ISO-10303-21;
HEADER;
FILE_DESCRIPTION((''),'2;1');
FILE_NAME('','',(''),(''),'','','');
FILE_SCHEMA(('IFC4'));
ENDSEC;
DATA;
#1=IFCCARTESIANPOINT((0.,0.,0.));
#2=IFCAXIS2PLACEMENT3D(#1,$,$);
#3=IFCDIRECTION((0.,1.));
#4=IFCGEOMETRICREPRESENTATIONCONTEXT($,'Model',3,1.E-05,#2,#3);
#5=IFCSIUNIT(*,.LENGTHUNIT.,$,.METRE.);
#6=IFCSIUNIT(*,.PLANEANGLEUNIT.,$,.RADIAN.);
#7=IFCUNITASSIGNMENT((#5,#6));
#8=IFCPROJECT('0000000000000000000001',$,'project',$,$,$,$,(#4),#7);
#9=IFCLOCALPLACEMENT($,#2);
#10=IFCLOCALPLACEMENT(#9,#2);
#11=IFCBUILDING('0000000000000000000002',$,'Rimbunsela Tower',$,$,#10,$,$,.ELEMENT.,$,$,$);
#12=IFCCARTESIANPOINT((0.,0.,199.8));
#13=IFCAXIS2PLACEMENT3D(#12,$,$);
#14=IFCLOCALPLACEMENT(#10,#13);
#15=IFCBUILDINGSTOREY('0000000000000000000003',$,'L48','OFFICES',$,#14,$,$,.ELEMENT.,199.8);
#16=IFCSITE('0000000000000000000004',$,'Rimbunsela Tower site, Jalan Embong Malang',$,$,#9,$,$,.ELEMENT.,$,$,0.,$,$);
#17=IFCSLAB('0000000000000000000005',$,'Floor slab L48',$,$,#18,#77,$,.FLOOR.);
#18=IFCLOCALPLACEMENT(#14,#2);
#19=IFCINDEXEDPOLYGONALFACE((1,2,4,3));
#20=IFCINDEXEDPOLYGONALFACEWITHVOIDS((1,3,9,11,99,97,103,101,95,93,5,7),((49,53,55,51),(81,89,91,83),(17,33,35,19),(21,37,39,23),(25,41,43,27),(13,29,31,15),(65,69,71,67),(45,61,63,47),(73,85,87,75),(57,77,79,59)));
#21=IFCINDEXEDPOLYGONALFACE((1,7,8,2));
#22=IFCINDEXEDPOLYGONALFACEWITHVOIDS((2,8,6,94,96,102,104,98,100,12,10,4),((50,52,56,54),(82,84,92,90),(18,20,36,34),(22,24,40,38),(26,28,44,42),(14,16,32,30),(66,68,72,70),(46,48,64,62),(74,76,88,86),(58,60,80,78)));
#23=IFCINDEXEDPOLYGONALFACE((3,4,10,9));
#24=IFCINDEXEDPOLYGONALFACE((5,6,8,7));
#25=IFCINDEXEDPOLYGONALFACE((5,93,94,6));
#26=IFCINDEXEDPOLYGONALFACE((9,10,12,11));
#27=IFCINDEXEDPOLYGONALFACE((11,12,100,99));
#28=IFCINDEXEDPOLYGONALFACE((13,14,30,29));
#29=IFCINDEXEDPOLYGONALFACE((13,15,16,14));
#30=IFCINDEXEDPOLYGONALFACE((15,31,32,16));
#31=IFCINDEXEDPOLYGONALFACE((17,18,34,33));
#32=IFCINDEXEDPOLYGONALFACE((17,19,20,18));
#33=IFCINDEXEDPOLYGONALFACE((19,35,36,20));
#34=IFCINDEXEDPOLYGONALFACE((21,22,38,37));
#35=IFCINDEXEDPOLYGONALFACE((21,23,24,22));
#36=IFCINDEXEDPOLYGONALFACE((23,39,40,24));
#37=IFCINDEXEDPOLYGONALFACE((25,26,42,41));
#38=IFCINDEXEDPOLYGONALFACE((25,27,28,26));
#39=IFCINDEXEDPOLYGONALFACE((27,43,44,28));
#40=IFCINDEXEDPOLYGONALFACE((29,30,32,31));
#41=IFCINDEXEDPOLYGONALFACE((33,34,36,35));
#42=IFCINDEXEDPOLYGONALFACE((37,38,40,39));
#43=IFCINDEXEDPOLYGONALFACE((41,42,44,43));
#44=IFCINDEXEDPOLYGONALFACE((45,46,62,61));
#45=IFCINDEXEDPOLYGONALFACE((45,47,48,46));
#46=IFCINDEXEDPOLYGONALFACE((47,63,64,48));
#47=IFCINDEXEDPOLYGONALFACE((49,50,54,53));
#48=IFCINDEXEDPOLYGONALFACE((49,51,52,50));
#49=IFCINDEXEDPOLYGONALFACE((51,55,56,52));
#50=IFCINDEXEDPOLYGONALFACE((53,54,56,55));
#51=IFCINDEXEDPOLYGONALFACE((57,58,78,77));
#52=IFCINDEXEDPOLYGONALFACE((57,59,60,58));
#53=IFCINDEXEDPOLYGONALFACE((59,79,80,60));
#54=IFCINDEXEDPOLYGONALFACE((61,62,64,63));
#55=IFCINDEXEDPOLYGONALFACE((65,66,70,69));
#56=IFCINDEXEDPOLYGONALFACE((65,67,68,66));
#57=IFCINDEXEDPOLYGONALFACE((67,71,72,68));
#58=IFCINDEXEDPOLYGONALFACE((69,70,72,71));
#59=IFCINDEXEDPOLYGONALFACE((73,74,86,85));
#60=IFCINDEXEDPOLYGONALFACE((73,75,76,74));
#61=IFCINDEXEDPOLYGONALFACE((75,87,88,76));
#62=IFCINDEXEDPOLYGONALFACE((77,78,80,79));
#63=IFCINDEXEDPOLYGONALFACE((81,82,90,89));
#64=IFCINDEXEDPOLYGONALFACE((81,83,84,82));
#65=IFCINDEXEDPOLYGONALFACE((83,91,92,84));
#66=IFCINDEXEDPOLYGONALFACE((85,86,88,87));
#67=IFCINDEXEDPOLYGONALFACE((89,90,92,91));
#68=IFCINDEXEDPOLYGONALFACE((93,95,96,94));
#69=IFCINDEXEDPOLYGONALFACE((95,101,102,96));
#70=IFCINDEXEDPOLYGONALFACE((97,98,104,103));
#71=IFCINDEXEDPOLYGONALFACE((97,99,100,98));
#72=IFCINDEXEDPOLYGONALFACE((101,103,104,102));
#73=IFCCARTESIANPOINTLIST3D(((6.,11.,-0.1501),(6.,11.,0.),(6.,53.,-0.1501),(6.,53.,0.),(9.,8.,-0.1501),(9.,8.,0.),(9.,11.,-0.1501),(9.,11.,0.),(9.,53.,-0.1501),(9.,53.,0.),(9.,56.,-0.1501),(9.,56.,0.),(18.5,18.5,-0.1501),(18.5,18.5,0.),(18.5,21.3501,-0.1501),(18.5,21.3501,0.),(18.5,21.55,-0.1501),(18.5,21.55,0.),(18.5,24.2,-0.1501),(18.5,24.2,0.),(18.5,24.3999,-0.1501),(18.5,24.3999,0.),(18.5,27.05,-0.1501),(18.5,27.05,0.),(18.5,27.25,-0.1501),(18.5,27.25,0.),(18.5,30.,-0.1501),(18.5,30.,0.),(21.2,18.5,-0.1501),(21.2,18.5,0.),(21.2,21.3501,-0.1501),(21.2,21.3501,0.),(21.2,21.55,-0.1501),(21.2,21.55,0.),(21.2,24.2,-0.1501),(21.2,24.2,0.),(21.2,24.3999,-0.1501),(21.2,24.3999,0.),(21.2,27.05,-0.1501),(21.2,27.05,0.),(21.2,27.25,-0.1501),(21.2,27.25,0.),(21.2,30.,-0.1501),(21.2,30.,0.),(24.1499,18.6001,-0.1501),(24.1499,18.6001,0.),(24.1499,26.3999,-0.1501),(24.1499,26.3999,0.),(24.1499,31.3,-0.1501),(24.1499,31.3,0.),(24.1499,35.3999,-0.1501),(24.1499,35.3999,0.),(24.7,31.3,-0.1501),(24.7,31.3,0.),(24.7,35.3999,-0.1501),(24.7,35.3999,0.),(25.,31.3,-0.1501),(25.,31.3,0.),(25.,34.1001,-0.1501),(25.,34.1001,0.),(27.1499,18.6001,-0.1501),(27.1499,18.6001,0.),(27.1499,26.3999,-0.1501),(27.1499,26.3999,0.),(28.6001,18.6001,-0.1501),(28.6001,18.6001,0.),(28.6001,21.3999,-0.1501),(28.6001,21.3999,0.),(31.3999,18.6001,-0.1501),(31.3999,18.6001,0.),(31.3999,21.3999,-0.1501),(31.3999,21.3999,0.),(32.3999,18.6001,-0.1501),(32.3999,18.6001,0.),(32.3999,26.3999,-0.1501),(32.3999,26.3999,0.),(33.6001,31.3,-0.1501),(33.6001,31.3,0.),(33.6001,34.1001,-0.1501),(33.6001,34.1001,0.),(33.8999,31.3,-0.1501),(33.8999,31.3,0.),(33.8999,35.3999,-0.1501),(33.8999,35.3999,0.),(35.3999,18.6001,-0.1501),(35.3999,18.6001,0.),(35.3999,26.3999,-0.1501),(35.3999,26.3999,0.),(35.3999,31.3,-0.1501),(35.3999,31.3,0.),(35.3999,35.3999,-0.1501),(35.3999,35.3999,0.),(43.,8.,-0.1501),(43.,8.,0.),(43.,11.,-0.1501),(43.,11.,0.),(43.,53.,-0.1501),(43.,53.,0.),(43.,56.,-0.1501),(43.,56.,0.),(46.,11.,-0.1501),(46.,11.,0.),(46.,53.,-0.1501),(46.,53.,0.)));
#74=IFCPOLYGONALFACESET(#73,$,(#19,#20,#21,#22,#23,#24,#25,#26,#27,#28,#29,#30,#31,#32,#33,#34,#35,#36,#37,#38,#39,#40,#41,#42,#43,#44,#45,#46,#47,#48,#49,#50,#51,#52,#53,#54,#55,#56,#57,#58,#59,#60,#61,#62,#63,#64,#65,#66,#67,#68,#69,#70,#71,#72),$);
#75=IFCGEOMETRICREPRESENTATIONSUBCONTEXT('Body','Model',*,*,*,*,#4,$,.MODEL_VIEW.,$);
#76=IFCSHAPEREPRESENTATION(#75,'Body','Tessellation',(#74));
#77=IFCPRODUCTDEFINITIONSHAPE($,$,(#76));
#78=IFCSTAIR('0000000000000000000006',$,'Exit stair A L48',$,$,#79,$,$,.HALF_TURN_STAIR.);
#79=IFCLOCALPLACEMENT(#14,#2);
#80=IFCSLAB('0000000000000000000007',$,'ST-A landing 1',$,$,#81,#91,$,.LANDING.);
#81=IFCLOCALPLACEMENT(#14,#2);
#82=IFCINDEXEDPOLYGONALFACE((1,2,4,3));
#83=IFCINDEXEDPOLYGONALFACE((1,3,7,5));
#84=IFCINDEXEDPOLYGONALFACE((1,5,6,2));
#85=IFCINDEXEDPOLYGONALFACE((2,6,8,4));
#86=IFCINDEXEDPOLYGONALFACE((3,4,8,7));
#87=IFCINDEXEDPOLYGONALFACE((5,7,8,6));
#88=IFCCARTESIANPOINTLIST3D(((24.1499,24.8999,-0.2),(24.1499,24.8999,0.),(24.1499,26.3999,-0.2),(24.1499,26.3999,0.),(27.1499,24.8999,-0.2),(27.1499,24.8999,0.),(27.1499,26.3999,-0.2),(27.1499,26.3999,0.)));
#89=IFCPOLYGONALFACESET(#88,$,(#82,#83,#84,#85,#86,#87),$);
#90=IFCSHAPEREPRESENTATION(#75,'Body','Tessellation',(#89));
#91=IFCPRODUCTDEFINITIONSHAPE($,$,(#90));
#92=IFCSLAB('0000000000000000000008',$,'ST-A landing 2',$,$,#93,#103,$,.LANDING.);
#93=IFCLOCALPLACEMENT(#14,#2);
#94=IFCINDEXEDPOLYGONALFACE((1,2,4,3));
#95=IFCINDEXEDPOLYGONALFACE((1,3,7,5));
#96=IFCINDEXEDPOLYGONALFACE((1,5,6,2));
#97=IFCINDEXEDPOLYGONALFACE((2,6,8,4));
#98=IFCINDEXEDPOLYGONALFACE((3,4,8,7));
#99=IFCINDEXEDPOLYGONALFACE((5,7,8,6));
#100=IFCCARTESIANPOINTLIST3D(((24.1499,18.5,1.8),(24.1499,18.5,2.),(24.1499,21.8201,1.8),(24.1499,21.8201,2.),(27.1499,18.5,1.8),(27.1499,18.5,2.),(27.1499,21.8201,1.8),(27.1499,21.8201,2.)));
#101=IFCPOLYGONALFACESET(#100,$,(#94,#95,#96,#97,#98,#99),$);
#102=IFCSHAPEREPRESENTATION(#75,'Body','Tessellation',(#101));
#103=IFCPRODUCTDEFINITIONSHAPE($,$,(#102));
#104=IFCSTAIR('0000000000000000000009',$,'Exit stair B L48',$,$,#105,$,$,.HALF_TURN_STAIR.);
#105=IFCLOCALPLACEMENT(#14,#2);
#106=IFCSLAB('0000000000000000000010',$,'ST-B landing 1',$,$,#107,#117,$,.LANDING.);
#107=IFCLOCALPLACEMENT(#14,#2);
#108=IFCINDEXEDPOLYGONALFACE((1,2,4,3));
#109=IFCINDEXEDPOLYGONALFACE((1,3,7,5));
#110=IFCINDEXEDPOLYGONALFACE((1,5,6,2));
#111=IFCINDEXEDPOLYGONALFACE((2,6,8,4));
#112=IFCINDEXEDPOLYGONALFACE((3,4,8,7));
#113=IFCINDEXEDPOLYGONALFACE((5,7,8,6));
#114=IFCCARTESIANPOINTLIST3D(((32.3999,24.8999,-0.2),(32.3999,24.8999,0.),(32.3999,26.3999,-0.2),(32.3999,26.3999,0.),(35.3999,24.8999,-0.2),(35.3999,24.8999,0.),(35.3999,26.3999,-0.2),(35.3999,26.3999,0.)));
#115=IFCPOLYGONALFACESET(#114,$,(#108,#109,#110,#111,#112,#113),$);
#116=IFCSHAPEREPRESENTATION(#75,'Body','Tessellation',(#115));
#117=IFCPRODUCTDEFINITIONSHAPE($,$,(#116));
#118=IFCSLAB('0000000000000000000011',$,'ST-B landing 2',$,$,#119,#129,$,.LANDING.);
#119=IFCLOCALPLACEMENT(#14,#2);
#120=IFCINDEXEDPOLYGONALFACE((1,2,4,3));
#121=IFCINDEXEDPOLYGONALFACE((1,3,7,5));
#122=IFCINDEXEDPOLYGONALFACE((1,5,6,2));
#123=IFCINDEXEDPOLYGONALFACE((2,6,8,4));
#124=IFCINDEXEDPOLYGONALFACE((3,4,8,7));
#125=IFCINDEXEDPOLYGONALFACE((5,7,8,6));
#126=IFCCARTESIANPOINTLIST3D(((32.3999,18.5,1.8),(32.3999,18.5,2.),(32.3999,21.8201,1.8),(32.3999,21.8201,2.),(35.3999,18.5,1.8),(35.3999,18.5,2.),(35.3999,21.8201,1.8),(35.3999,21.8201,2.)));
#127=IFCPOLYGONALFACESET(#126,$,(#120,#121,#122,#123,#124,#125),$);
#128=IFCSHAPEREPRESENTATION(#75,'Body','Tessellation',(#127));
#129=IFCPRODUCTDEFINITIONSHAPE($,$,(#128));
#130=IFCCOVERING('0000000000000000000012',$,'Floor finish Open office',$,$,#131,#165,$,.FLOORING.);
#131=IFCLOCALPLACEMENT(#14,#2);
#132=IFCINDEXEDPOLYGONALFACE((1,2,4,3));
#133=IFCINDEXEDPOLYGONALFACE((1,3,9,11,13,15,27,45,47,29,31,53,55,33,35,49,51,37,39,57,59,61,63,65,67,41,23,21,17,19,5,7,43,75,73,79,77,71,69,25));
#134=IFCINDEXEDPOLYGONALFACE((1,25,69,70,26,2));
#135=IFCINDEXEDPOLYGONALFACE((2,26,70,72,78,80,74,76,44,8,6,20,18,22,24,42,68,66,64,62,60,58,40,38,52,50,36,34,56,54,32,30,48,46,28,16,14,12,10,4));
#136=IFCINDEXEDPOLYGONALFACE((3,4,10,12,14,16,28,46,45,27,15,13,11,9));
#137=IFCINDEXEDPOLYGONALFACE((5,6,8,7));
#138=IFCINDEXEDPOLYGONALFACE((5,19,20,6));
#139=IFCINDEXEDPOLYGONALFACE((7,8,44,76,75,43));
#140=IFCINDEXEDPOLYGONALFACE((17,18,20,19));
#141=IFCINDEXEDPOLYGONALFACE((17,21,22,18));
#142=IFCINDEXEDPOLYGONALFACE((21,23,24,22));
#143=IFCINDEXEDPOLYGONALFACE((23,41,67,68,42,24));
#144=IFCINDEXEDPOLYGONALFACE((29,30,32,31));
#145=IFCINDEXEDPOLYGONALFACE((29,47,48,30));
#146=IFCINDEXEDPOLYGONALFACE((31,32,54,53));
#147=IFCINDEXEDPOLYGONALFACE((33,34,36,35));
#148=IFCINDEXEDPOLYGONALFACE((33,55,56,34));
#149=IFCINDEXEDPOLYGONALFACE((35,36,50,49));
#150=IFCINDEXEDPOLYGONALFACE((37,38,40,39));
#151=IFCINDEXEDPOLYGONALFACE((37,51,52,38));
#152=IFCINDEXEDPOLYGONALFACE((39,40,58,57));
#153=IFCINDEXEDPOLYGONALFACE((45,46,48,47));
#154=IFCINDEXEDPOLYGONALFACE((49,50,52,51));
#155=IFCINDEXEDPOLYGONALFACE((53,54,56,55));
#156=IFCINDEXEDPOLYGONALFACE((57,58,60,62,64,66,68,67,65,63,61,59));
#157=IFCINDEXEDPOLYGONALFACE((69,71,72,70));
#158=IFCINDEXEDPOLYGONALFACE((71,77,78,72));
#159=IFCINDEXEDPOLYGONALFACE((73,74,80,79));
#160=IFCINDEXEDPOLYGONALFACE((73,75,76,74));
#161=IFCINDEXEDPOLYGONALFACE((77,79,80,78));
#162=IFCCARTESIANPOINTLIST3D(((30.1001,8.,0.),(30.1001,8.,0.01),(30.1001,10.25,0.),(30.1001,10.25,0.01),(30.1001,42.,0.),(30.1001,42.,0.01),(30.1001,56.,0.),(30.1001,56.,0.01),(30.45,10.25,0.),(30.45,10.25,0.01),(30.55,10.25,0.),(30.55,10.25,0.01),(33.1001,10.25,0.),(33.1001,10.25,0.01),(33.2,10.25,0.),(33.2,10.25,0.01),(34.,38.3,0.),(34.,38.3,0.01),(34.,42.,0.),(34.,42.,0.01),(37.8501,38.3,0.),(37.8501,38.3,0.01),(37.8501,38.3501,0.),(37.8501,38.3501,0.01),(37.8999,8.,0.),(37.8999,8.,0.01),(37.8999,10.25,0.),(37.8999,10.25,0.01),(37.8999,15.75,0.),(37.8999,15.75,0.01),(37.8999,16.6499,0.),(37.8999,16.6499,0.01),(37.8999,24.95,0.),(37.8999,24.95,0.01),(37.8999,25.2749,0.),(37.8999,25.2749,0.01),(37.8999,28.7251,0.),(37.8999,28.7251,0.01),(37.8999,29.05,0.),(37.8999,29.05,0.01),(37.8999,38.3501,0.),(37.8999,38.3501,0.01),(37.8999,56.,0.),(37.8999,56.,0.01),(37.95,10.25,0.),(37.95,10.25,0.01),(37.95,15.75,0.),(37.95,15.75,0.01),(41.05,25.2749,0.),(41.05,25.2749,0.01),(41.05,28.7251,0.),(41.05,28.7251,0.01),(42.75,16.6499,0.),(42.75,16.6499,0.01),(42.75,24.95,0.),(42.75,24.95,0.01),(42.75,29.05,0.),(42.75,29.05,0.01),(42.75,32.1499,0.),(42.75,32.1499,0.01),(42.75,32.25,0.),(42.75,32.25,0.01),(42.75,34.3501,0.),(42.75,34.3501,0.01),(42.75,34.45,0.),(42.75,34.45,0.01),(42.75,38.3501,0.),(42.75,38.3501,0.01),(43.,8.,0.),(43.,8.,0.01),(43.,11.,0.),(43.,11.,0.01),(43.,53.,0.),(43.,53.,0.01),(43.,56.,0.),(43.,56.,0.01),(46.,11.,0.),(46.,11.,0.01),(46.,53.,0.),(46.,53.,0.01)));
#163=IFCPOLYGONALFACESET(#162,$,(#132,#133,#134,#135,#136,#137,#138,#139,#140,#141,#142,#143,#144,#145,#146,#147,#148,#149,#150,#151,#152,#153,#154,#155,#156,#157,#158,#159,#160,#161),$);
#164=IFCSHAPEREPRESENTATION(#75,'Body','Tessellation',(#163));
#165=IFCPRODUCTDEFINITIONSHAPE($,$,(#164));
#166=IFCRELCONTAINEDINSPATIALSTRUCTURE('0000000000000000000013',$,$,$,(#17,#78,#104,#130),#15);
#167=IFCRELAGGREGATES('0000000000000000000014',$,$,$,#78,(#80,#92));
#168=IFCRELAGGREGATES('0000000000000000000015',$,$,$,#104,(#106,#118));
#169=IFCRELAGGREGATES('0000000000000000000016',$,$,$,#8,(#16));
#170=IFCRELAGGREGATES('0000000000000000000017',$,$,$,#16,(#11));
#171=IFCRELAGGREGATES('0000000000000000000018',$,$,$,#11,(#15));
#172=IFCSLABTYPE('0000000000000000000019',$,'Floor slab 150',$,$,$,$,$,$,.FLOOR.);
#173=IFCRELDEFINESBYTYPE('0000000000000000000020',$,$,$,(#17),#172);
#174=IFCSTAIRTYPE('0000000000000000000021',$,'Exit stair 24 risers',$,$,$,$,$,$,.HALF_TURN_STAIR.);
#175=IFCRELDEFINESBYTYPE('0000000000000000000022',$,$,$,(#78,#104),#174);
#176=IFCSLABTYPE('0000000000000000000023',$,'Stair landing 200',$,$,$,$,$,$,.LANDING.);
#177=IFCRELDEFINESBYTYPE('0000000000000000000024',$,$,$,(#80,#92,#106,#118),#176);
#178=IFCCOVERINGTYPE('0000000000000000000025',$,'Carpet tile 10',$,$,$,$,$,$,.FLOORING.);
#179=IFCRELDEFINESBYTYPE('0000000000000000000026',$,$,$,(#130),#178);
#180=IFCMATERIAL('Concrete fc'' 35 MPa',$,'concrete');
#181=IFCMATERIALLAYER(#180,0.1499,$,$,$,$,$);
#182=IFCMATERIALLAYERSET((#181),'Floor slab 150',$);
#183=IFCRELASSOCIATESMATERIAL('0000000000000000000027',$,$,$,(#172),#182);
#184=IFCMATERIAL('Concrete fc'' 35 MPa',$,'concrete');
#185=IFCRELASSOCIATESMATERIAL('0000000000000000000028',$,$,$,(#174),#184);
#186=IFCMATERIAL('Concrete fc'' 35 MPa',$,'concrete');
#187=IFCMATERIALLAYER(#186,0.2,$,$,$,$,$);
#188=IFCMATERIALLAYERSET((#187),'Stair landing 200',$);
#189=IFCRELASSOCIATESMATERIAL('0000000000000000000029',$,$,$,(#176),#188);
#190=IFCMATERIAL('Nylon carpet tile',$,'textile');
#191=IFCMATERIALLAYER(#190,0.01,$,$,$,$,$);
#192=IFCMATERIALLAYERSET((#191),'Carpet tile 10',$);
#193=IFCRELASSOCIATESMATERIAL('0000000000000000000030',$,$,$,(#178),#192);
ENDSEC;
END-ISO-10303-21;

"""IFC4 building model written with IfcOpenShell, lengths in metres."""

from ifc_helpers import new_model, si_unit, direction, frame, origin, place, context, subcontext, project, spatial, polyline, outline, extrude, material, layer, layer_set, type_object, element, aggregate, save


model = new_model("IFC4")

# Units and contexts
model_context = context("Model", 3, precision=1e-05, world=origin(), true_north=direction((0.0, 1.0)))
body_context = subcontext(model_context, "Body", "Model", "MODEL_VIEW")
ifc_project = project(units=[si_unit("LENGTHUNIT", "METRE"), si_unit("PLANEANGLEUNIT", "RADIAN")], contexts=[model_context])

# Site, building, storey
site_placement = place(None, origin())
site = spatial("IfcSite", under=ifc_project, at=site_placement, Name="Rimbunsela Tower site, Jalan Embong Malang", CompositionType="ELEMENT", RefElevation=0.0)
building_placement = place(site_placement, origin())
building = spatial("IfcBuilding", under=site, at=building_placement, Name="Rimbunsela Tower", CompositionType="ELEMENT")
storey_placement = place(building_placement, frame((0.0, 0.0, 199.8)))
storey = spatial("IfcBuildingStorey", under=building, at=storey_placement, Name="L48", Description="OFFICES", CompositionType="ELEMENT", Elevation=199.8)

# Slab
ifc_material_1 = material(Name="Concrete fc' 35 MPa", Category="concrete")
ifc_layer_1 = layer(ifc_material_1, 0.1499)
ifc_layer_set_1 = layer_set([ifc_layer_1], Name="Floor slab 150")
slab_type_1 = type_object("IfcSlabType", Name="Floor slab 150", PredefinedType="FLOOR", material=ifc_layer_set_1)
slab_1_placement = place(storey_placement, frame((0.0, 0.0, -0.1501)))
element("IfcSlab", 1, at=slab_1_placement, inside=storey, type_object=slab_type_1, Name="Floor slab L48", PredefinedType="FLOOR", context=body_context, shape_type="SweptSolid", body=[
    extrude(outline(polyline([(9.0, 8.0), (43.0, 8.0), (43.0, 11.0), (46.0, 11.0), (46.0, 53.0), (43.0, 53.0), (43.0, 56.0), (9.0, 56.0), (9.0, 53.0), (6.0, 53.0), (6.0, 11.0), (9.0, 11.0), (9.0, 8.0)]), holes=[polyline([(21.2, 21.3501), (18.5, 21.3501), (18.5, 18.5), (21.2, 18.5), (21.2, 21.3501)]), polyline([(21.2, 21.55), (21.2, 24.2), (18.5, 24.2), (18.5, 21.55), (21.2, 21.55)]), polyline([(21.2, 27.05), (18.5, 27.05), (18.5, 24.3999), (21.2, 24.3999), (21.2, 27.05)]), polyline([(21.2, 27.25), (21.2, 30.0), (18.5, 30.0), (18.5, 27.25), (21.2, 27.25)]), polyline([(27.1499, 18.6001), (27.1499, 26.3999), (24.1499, 26.3999), (24.1499, 18.6001), (27.1499, 18.6001)]), polyline([(24.7, 31.3), (24.7, 35.3999), (24.1499, 35.3999), (24.1499, 31.3), (24.7, 31.3)]), polyline([(25.0, 34.1001), (25.0, 31.3), (33.6001, 31.3), (33.6001, 34.1001), (25.0, 34.1001)]), polyline([(31.3999, 21.3999), (28.6001, 21.3999), (28.6001, 18.6001), (31.3999, 18.6001), (31.3999, 21.3999)]), polyline([(35.3999, 18.6001), (35.3999, 26.3999), (32.3999, 26.3999), (32.3999, 18.6001), (35.3999, 18.6001)]), polyline([(35.3999, 31.3), (35.3999, 35.3999), (33.8999, 35.3999), (33.8999, 31.3), (35.3999, 31.3)])]), origin(), (0.0, 0.0, 1.0), 0.1501),
])

# Stairs, slabs
ifc_material_2 = material(Name="Concrete fc' 35 MPa", Category="concrete")
stair_type = type_object("IfcStairType", Name="Exit stair 24 risers", PredefinedType="HALF_TURN_STAIR", material=ifc_material_2)
stair_1_placement = place(storey_placement, origin())
stair_1 = element("IfcStair", 2, at=stair_1_placement, inside=storey, type_object=stair_type, Name="Exit stair A L48", PredefinedType="HALF_TURN_STAIR")
ifc_material_3 = material(Name="Concrete fc' 35 MPa", Category="concrete")
ifc_layer_2 = layer(ifc_material_3, 0.2)
ifc_layer_set_2 = layer_set([ifc_layer_2], Name="Stair landing 200")
slab_type_2 = type_object("IfcSlabType", Name="Stair landing 200", PredefinedType="LANDING", material=ifc_layer_set_2)
slab_2_placement = place(storey_placement, frame((0.0, 0.0, -0.2)))
slab_2 = element("IfcSlab", 3, at=slab_2_placement, type_object=slab_type_2, Name="ST-A landing 1", PredefinedType="LANDING", context=body_context, shape_type="SweptSolid", body=[
    extrude(outline(polyline([(24.1499, 24.8999), (27.1499, 24.8999), (27.1499, 26.3999), (24.1499, 26.3999), (24.1499, 24.8999)])), origin(), (0.0, 0.0, 1.0), 0.2),
])
slab_3_placement = place(storey_placement, frame((0.0, 0.0, 1.8)))
slab_3 = element("IfcSlab", 4, at=slab_3_placement, type_object=slab_type_2, Name="ST-A landing 2", PredefinedType="LANDING", context=body_context, shape_type="SweptSolid", body=[
    extrude(outline(polyline([(24.1499, 18.5), (27.1499, 18.5), (27.1499, 21.8201), (24.1499, 21.8201), (24.1499, 18.5)])), origin(), (0.0, 0.0, 1.0), 0.2),
])
aggregate(stair_1, [slab_2, slab_3])
stair_2_placement = place(storey_placement, origin())
stair_2 = element("IfcStair", 5, at=stair_2_placement, inside=storey, type_object=stair_type, Name="Exit stair B L48", PredefinedType="HALF_TURN_STAIR")
slab_4_placement = place(storey_placement, frame((0.0, 0.0, -0.2)))
slab_4 = element("IfcSlab", 6, at=slab_4_placement, type_object=slab_type_2, Name="ST-B landing 1", PredefinedType="LANDING", context=body_context, shape_type="SweptSolid", body=[
    extrude(outline(polyline([(32.3999, 24.8999), (35.3999, 24.8999), (35.3999, 26.3999), (32.3999, 26.3999), (32.3999, 24.8999)])), origin(), (0.0, 0.0, 1.0), 0.2),
])
slab_5_placement = place(storey_placement, frame((0.0, 0.0, 1.8)))
slab_5 = element("IfcSlab", 7, at=slab_5_placement, type_object=slab_type_2, Name="ST-B landing 2", PredefinedType="LANDING", context=body_context, shape_type="SweptSolid", body=[
    extrude(outline(polyline([(32.3999, 18.5), (35.3999, 18.5), (35.3999, 21.8201), (32.3999, 21.8201), (32.3999, 18.5)])), origin(), (0.0, 0.0, 1.0), 0.2),
])
aggregate(stair_2, [slab_4, slab_5])

# Covering
ifc_material_4 = material(Name="Nylon carpet tile", Category="textile")
ifc_layer_3 = layer(ifc_material_4, 0.01)
ifc_layer_set_3 = layer_set([ifc_layer_3], Name="Carpet tile 10")
covering_type_1 = type_object("IfcCoveringType", Name="Carpet tile 10", PredefinedType="FLOORING", material=ifc_layer_set_3)
covering_1_placement = place(storey_placement, origin())
element("IfcCovering", 8, at=covering_1_placement, inside=storey, type_object=covering_type_1, Name="Floor finish Open office", PredefinedType="FLOORING", context=body_context, shape_type="SweptSolid", body=[
    extrude(outline(polyline([(30.1001, 56.0), (37.8999, 56.0), (43.0, 56.0), (43.0, 53.0), (46.0, 53.0), (46.0, 11.0), (43.0, 11.0), (43.0, 8.0), (37.8999, 8.0), (30.1001, 8.0), (30.1001, 10.25), (30.45, 10.25), (30.55, 10.25), (33.1001, 10.25), (33.2, 10.25), (37.8999, 10.25), (37.95, 10.25), (37.95, 15.75), (37.8999, 15.75), (37.8999, 16.6499), (42.75, 16.6499), (42.75, 24.95), (37.8999, 24.95), (37.8999, 25.2749), (41.05, 25.2749), (41.05, 28.7251), (37.8999, 28.7251), (37.8999, 29.05), (42.75, 29.05), (42.75, 32.1499), (42.75, 32.25), (42.75, 34.3501), (42.75, 34.45), (42.75, 38.3501), (37.8999, 38.3501), (37.8501, 38.3501), (37.8501, 38.3), (34.0, 38.3), (34.0, 42.0), (30.1001, 42.0), (30.1001, 56.0)])), origin(), (0.0, 0.0, 1.0), 0.01),
])

save(model, "model.ifc")
